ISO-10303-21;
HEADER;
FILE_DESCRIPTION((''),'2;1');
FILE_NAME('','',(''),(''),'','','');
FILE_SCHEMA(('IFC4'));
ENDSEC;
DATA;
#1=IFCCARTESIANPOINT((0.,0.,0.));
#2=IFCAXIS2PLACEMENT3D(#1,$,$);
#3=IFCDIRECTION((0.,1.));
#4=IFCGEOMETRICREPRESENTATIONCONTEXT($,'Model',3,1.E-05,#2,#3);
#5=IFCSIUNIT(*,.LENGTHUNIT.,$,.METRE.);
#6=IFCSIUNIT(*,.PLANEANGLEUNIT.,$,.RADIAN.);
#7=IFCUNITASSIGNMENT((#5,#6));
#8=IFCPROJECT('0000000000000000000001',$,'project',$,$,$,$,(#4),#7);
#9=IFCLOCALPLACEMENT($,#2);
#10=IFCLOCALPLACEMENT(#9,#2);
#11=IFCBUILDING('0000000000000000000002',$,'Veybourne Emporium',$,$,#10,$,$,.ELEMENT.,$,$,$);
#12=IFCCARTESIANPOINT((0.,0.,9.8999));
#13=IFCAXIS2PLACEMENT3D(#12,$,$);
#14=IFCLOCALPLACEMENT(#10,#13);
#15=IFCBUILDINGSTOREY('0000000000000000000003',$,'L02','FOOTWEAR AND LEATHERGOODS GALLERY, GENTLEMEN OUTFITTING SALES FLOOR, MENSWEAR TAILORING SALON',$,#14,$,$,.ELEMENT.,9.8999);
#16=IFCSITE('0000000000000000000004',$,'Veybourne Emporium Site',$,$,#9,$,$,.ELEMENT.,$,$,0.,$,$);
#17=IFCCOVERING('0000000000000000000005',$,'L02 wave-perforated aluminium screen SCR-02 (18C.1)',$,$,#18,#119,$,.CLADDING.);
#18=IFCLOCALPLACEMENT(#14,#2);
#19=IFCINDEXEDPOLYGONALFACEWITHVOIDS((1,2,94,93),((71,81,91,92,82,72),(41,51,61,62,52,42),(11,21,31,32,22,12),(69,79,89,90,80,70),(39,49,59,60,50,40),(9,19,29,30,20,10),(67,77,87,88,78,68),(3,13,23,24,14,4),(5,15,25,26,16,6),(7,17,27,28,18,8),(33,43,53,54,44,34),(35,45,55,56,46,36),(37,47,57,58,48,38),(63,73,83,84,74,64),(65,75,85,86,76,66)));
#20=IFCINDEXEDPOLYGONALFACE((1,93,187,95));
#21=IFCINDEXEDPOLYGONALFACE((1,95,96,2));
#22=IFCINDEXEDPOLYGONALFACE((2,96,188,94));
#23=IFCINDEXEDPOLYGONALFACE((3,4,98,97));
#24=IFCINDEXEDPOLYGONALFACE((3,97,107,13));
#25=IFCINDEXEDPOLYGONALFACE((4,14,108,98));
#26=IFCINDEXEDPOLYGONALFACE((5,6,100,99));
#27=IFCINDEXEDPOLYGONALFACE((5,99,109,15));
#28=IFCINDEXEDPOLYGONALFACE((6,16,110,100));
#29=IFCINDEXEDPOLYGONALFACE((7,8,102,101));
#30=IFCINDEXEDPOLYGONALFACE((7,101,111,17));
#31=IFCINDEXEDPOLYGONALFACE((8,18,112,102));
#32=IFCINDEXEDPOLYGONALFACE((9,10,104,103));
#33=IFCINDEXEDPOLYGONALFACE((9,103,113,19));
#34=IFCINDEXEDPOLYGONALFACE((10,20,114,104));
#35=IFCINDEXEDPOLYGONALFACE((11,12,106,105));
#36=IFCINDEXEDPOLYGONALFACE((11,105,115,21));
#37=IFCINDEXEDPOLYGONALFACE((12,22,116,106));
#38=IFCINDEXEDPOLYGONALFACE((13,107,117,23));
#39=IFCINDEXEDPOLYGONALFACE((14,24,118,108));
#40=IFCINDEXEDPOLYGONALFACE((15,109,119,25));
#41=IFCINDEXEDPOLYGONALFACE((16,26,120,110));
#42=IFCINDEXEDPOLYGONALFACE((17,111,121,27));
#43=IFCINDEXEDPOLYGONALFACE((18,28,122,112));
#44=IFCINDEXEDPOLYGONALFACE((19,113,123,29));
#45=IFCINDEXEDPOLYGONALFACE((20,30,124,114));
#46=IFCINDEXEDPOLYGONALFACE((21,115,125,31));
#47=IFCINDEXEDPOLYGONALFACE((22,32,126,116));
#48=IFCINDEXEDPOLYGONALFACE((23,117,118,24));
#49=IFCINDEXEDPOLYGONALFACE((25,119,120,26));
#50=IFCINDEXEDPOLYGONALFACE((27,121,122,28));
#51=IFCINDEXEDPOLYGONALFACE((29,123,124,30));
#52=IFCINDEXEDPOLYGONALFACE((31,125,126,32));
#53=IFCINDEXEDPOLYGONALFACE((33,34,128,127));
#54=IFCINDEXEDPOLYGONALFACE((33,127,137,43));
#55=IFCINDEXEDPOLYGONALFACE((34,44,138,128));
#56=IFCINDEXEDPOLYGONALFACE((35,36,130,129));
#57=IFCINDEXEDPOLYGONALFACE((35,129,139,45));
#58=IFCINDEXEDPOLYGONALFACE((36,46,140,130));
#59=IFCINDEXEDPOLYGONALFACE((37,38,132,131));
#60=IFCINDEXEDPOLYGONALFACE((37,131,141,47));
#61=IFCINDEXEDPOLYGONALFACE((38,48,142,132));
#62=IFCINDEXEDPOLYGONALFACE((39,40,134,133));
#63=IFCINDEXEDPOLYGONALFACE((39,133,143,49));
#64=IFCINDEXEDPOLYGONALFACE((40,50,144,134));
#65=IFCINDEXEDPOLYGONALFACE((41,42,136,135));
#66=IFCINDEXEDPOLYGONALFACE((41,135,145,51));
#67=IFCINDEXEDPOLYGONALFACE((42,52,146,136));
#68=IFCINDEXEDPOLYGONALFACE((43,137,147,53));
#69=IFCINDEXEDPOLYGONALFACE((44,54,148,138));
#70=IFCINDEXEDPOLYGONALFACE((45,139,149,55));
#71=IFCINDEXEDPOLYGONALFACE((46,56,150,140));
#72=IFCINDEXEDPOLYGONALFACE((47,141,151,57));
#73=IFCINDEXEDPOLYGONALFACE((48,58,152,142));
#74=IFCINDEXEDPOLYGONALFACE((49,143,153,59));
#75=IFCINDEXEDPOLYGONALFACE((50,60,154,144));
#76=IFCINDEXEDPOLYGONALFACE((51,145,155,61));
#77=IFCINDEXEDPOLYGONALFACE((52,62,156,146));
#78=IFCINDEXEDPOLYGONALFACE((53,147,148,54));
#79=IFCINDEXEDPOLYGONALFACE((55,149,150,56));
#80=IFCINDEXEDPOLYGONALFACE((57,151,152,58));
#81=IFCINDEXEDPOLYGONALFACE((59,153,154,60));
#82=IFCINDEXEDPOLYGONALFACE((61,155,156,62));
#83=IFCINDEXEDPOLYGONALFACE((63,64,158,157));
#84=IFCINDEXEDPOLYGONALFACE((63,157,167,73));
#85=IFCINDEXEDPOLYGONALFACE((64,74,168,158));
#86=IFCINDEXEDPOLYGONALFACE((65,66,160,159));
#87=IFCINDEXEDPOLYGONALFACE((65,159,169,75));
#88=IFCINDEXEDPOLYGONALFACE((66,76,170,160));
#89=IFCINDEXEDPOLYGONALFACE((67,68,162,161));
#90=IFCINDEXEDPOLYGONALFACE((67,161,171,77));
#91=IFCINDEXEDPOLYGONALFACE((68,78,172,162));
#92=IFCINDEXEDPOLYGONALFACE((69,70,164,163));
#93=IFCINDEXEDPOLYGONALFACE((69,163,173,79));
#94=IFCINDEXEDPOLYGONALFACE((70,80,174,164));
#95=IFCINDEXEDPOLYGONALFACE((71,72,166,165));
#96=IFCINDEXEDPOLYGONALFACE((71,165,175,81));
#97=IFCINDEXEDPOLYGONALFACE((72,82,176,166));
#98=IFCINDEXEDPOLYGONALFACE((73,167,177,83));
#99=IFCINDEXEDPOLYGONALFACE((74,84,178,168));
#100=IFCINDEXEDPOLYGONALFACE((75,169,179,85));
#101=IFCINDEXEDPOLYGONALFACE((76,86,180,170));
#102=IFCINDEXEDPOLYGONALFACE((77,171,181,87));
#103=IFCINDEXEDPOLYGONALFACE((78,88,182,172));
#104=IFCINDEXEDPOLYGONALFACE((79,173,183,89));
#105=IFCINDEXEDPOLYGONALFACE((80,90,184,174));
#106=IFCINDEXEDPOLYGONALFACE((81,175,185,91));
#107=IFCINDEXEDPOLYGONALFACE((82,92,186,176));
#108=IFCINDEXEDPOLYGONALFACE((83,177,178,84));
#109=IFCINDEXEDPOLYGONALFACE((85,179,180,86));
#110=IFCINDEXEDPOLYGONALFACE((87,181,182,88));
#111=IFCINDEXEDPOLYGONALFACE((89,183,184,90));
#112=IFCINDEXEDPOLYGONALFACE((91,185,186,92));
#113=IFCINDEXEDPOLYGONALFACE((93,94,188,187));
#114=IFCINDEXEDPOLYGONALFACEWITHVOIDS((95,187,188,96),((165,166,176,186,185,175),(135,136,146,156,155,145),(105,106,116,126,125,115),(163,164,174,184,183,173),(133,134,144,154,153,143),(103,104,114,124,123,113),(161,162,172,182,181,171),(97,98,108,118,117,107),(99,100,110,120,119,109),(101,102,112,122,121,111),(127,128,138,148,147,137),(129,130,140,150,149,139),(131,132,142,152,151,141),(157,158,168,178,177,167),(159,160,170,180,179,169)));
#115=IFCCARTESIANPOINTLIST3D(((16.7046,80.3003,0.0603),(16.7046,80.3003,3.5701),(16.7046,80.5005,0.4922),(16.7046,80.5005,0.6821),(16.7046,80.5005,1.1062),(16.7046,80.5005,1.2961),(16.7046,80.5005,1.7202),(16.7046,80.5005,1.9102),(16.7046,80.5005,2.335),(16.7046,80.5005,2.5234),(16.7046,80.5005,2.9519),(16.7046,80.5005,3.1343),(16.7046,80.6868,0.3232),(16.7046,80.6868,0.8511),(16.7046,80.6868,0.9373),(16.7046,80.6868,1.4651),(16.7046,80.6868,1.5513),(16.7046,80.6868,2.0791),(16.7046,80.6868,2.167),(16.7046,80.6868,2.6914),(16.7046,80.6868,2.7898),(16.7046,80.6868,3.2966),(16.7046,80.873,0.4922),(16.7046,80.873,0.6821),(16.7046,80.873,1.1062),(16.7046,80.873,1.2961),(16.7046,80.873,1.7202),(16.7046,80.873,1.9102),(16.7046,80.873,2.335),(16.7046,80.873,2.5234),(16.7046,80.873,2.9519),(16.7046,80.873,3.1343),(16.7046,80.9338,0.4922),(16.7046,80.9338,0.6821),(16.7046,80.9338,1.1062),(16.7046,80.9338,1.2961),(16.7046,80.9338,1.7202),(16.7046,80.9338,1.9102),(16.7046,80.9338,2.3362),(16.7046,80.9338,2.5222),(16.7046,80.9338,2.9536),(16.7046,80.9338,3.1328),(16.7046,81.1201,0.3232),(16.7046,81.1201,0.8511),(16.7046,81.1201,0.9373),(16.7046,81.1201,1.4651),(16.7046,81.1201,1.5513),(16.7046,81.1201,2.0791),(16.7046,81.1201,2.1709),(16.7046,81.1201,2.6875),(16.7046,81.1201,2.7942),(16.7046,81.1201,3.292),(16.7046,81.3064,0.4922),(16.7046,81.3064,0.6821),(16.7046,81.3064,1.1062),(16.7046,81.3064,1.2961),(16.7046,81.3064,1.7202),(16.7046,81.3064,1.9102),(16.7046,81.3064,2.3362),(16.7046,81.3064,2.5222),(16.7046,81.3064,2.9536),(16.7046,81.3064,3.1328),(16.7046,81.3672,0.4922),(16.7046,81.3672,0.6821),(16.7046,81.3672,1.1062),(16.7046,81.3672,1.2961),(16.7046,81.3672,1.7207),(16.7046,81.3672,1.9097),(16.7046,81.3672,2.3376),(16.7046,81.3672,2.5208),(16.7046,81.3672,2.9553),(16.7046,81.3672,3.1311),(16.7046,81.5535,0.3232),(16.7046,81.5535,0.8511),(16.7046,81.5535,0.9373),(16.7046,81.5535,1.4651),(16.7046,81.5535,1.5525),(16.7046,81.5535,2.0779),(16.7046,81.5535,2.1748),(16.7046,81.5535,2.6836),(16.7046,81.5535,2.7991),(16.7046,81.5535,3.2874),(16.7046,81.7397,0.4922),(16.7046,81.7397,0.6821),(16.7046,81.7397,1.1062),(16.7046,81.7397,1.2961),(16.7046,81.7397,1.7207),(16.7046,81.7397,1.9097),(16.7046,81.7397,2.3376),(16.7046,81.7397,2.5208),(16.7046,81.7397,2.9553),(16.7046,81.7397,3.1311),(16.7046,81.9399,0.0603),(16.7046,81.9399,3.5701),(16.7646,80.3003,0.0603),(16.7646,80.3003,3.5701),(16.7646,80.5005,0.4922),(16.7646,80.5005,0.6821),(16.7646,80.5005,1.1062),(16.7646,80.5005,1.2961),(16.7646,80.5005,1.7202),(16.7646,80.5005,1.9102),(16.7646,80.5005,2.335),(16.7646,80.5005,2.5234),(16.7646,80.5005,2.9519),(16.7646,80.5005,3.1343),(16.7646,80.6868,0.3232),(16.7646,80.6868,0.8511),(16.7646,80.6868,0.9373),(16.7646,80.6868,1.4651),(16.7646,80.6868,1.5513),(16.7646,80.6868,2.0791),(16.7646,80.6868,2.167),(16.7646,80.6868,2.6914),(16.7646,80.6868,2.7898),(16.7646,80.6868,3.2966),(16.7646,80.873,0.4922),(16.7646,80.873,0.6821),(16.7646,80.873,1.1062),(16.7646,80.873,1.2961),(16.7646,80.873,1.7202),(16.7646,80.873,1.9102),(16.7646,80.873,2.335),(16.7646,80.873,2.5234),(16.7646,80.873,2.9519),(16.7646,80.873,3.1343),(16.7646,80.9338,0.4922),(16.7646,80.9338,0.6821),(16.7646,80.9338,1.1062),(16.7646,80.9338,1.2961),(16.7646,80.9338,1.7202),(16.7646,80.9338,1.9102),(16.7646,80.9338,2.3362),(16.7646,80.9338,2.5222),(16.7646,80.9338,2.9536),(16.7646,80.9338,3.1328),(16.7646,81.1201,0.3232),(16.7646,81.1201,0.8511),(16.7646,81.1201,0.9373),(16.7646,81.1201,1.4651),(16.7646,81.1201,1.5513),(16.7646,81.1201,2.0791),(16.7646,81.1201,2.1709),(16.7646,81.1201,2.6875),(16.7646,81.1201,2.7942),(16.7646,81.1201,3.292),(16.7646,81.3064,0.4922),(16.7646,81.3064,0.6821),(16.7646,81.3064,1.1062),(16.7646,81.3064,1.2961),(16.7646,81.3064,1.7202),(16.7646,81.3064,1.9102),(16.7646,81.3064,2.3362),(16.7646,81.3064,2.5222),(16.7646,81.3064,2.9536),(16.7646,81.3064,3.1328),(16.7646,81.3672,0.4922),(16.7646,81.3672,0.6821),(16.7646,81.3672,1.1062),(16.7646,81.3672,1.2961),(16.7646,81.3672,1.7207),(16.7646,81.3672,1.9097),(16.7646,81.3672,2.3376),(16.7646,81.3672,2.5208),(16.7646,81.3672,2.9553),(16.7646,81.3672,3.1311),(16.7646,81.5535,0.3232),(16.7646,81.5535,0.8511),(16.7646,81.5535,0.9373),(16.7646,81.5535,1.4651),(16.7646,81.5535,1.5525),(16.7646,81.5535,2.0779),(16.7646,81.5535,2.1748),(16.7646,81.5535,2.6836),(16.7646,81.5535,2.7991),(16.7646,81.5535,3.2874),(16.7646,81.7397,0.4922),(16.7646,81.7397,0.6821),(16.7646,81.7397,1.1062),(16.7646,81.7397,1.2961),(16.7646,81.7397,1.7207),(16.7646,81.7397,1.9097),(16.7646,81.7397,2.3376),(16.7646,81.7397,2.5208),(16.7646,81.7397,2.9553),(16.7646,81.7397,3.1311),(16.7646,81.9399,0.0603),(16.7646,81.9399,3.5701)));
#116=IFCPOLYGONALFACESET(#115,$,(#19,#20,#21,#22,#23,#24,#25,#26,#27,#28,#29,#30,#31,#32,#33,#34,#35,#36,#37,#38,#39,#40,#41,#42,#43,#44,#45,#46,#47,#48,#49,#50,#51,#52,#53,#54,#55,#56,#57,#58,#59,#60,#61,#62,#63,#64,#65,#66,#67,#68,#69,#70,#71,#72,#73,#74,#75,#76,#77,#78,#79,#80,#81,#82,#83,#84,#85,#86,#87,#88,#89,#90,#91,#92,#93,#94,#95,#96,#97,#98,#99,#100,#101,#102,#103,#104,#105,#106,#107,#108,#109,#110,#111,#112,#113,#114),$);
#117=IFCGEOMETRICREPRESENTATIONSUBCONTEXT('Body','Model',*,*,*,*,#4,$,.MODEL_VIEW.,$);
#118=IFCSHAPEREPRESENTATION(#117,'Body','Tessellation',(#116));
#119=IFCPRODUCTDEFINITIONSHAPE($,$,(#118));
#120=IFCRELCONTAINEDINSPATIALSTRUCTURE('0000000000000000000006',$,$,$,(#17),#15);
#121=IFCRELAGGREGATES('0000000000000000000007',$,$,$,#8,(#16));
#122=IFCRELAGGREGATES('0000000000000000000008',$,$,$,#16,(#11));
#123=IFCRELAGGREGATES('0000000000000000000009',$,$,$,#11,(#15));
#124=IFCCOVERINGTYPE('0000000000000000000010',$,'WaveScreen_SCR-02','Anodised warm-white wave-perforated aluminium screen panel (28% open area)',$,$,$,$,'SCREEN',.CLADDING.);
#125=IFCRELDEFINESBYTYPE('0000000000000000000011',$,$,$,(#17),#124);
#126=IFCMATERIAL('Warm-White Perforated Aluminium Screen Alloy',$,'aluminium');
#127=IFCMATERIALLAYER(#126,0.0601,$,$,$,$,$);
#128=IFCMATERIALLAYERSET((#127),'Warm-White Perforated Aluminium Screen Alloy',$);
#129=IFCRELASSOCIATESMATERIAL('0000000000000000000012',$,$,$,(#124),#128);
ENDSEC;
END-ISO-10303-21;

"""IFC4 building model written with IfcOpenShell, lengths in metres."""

from ifc_helpers import new_model, si_unit, direction, frame, origin, place, context, subcontext, project, spatial, polyline, outline, extrude, material, layer, layer_set, type_object, element, save


model = new_model("IFC4")

# Units and contexts
model_context = context("Model", 3, precision=1e-05, world=origin(), true_north=direction((0.0, 1.0)))
body_context = subcontext(model_context, "Body", "Model", "MODEL_VIEW")
ifc_project = project(units=[si_unit("LENGTHUNIT", "METRE"), si_unit("PLANEANGLEUNIT", "RADIAN")], contexts=[model_context])

# Site, building, storey
site_placement = place(None, origin())
site = spatial("IfcSite", under=ifc_project, at=site_placement, Name="Veybourne Emporium Site", CompositionType="ELEMENT", RefElevation=0.0)
building_placement = place(site_placement, origin())
building = spatial("IfcBuilding", under=site, at=building_placement, Name="Veybourne Emporium", CompositionType="ELEMENT")
storey_placement = place(building_placement, frame((0.0, 0.0, 9.8999)))
storey = spatial("IfcBuildingStorey", under=building, at=storey_placement, Name="L02", Description="FOOTWEAR AND LEATHERGOODS GALLERY, GENTLEMEN OUTFITTING SALES FLOOR, MENSWEAR TAILORING SALON", CompositionType="ELEMENT", Elevation=9.8999)

# Covering
ifc_material_1 = material(Name="Warm-White Perforated Aluminium Screen Alloy", Category="aluminium")
ifc_layer_1 = layer(ifc_material_1, 0.0601)
ifc_layer_set_1 = layer_set([ifc_layer_1], Name="Warm-White Perforated Aluminium Screen Alloy")
covering_type_1 = type_object("IfcCoveringType", Name="WaveScreen_SCR-02", Description="Anodised warm-white wave-perforated aluminium screen panel (28% open area)", ElementType="SCREEN", PredefinedType="CLADDING", material=ifc_layer_set_1)
covering_1_placement = place(storey_placement, frame((16.7046, 81.1201, 1.8152), z_axis=(1.0, 0.0, 0.0), x_axis=(0.0, 1.0, 0.0)))
element("IfcCovering", 1, at=covering_1_placement, inside=storey, type_object=covering_type_1, Name="L02 wave-perforated aluminium screen SCR-02 (18C.1)", PredefinedType="CLADDING", context=body_context, shape_type="SweptSolid", body=[
    extrude(outline(polyline([(-0.8198, -1.7549), (0.8198, -1.7549), (0.8198, 1.7549), (-0.8198, 1.7549), (-0.8198, -1.7549)]), holes=[polyline([(-0.4333, -0.9641), (-0.2471, -1.1331), (-0.2471, -1.323), (-0.4333, -1.4919), (-0.6196, -1.323), (-0.6196, -1.1331), (-0.4333, -0.9641)]), polyline([(-0.4333, -0.3501), (-0.2471, -0.519), (-0.2471, -0.709), (-0.4333, -0.8779), (-0.6196, -0.709), (-0.6196, -0.519), (-0.4333, -0.3501)]), polyline([(-0.4333, 0.2639), (-0.2471, 0.095), (-0.2471, -0.095), (-0.4333, -0.2639), (-0.6196, -0.095), (-0.6196, 0.095), (-0.4333, 0.2639)]), polyline([(-0.4333, 0.8762), (-0.2471, 0.7083), (-0.2471, 0.5198), (-0.4333, 0.3518), (-0.6196, 0.5198), (-0.6196, 0.7083), (-0.4333, 0.8762)]), polyline([(-0.4333, 1.4814), (-0.2471, 1.3191), (-0.2471, 1.1367), (-0.4333, 0.9746), (-0.6196, 1.1367), (-0.6196, 1.3191), (-0.4333, 1.4814)]), polyline([(0.0, -0.9641), (0.1863, -1.1331), (0.1863, -1.323), (0.0, -1.4919), (-0.1863, -1.323), (-0.1863, -1.1331), (0.0, -0.9641)]), polyline([(0.0, -0.3501), (0.1863, -0.519), (0.1863, -0.709), (0.0, -0.8779), (-0.1863, -0.709), (-0.1863, -0.519), (0.0, -0.3501)]), polyline([(0.0, 0.2639), (0.1863, 0.095), (0.1863, -0.095), (0.0, -0.2639), (-0.1863, -0.095), (-0.1863, 0.095), (0.0, 0.2639)]), polyline([(0.0, 0.8723), (0.1863, 0.707), (0.1863, 0.521), (0.0, 0.3557), (-0.1863, 0.521), (-0.1863, 0.707), (0.0, 0.8723)]), polyline([(0.0, 1.4768), (0.1863, 1.3176), (0.1863, 1.1384), (0.0, 0.979), (-0.1863, 1.1384), (-0.1863, 1.3176), (0.0, 1.4768)]), polyline([(0.4333, -0.9641), (0.6196, -1.1331), (0.6196, -1.323), (0.4333, -1.4919), (0.2471, -1.323), (0.2471, -1.1331), (0.4333, -0.9641)]), polyline([(0.4333, -0.3501), (0.6196, -0.519), (0.6196, -0.709), (0.4333, -0.8779), (0.2471, -0.709), (0.2471, -0.519), (0.4333, -0.3501)]), polyline([(0.4333, 0.2627), (0.6196, 0.0945), (0.6196, -0.0945), (0.4333, -0.2627), (0.2471, -0.0945), (0.2471, 0.0945), (0.4333, 0.2627)]), polyline([(0.4333, 0.8684), (0.6196, 0.7056), (0.6196, 0.5225), (0.4333, 0.3596), (0.2471, 0.5225), (0.2471, 0.7056), (0.4333, 0.8684)]), polyline([(0.4333, 1.4722), (0.6196, 1.3159), (0.6196, 1.1401), (0.4333, 0.9839), (0.2471, 1.1401), (0.2471, 1.3159), (0.4333, 1.4722)])]), origin(), (0.0, 0.0, 1.0), 0.0601),
])

save(model, "model.ifc")
